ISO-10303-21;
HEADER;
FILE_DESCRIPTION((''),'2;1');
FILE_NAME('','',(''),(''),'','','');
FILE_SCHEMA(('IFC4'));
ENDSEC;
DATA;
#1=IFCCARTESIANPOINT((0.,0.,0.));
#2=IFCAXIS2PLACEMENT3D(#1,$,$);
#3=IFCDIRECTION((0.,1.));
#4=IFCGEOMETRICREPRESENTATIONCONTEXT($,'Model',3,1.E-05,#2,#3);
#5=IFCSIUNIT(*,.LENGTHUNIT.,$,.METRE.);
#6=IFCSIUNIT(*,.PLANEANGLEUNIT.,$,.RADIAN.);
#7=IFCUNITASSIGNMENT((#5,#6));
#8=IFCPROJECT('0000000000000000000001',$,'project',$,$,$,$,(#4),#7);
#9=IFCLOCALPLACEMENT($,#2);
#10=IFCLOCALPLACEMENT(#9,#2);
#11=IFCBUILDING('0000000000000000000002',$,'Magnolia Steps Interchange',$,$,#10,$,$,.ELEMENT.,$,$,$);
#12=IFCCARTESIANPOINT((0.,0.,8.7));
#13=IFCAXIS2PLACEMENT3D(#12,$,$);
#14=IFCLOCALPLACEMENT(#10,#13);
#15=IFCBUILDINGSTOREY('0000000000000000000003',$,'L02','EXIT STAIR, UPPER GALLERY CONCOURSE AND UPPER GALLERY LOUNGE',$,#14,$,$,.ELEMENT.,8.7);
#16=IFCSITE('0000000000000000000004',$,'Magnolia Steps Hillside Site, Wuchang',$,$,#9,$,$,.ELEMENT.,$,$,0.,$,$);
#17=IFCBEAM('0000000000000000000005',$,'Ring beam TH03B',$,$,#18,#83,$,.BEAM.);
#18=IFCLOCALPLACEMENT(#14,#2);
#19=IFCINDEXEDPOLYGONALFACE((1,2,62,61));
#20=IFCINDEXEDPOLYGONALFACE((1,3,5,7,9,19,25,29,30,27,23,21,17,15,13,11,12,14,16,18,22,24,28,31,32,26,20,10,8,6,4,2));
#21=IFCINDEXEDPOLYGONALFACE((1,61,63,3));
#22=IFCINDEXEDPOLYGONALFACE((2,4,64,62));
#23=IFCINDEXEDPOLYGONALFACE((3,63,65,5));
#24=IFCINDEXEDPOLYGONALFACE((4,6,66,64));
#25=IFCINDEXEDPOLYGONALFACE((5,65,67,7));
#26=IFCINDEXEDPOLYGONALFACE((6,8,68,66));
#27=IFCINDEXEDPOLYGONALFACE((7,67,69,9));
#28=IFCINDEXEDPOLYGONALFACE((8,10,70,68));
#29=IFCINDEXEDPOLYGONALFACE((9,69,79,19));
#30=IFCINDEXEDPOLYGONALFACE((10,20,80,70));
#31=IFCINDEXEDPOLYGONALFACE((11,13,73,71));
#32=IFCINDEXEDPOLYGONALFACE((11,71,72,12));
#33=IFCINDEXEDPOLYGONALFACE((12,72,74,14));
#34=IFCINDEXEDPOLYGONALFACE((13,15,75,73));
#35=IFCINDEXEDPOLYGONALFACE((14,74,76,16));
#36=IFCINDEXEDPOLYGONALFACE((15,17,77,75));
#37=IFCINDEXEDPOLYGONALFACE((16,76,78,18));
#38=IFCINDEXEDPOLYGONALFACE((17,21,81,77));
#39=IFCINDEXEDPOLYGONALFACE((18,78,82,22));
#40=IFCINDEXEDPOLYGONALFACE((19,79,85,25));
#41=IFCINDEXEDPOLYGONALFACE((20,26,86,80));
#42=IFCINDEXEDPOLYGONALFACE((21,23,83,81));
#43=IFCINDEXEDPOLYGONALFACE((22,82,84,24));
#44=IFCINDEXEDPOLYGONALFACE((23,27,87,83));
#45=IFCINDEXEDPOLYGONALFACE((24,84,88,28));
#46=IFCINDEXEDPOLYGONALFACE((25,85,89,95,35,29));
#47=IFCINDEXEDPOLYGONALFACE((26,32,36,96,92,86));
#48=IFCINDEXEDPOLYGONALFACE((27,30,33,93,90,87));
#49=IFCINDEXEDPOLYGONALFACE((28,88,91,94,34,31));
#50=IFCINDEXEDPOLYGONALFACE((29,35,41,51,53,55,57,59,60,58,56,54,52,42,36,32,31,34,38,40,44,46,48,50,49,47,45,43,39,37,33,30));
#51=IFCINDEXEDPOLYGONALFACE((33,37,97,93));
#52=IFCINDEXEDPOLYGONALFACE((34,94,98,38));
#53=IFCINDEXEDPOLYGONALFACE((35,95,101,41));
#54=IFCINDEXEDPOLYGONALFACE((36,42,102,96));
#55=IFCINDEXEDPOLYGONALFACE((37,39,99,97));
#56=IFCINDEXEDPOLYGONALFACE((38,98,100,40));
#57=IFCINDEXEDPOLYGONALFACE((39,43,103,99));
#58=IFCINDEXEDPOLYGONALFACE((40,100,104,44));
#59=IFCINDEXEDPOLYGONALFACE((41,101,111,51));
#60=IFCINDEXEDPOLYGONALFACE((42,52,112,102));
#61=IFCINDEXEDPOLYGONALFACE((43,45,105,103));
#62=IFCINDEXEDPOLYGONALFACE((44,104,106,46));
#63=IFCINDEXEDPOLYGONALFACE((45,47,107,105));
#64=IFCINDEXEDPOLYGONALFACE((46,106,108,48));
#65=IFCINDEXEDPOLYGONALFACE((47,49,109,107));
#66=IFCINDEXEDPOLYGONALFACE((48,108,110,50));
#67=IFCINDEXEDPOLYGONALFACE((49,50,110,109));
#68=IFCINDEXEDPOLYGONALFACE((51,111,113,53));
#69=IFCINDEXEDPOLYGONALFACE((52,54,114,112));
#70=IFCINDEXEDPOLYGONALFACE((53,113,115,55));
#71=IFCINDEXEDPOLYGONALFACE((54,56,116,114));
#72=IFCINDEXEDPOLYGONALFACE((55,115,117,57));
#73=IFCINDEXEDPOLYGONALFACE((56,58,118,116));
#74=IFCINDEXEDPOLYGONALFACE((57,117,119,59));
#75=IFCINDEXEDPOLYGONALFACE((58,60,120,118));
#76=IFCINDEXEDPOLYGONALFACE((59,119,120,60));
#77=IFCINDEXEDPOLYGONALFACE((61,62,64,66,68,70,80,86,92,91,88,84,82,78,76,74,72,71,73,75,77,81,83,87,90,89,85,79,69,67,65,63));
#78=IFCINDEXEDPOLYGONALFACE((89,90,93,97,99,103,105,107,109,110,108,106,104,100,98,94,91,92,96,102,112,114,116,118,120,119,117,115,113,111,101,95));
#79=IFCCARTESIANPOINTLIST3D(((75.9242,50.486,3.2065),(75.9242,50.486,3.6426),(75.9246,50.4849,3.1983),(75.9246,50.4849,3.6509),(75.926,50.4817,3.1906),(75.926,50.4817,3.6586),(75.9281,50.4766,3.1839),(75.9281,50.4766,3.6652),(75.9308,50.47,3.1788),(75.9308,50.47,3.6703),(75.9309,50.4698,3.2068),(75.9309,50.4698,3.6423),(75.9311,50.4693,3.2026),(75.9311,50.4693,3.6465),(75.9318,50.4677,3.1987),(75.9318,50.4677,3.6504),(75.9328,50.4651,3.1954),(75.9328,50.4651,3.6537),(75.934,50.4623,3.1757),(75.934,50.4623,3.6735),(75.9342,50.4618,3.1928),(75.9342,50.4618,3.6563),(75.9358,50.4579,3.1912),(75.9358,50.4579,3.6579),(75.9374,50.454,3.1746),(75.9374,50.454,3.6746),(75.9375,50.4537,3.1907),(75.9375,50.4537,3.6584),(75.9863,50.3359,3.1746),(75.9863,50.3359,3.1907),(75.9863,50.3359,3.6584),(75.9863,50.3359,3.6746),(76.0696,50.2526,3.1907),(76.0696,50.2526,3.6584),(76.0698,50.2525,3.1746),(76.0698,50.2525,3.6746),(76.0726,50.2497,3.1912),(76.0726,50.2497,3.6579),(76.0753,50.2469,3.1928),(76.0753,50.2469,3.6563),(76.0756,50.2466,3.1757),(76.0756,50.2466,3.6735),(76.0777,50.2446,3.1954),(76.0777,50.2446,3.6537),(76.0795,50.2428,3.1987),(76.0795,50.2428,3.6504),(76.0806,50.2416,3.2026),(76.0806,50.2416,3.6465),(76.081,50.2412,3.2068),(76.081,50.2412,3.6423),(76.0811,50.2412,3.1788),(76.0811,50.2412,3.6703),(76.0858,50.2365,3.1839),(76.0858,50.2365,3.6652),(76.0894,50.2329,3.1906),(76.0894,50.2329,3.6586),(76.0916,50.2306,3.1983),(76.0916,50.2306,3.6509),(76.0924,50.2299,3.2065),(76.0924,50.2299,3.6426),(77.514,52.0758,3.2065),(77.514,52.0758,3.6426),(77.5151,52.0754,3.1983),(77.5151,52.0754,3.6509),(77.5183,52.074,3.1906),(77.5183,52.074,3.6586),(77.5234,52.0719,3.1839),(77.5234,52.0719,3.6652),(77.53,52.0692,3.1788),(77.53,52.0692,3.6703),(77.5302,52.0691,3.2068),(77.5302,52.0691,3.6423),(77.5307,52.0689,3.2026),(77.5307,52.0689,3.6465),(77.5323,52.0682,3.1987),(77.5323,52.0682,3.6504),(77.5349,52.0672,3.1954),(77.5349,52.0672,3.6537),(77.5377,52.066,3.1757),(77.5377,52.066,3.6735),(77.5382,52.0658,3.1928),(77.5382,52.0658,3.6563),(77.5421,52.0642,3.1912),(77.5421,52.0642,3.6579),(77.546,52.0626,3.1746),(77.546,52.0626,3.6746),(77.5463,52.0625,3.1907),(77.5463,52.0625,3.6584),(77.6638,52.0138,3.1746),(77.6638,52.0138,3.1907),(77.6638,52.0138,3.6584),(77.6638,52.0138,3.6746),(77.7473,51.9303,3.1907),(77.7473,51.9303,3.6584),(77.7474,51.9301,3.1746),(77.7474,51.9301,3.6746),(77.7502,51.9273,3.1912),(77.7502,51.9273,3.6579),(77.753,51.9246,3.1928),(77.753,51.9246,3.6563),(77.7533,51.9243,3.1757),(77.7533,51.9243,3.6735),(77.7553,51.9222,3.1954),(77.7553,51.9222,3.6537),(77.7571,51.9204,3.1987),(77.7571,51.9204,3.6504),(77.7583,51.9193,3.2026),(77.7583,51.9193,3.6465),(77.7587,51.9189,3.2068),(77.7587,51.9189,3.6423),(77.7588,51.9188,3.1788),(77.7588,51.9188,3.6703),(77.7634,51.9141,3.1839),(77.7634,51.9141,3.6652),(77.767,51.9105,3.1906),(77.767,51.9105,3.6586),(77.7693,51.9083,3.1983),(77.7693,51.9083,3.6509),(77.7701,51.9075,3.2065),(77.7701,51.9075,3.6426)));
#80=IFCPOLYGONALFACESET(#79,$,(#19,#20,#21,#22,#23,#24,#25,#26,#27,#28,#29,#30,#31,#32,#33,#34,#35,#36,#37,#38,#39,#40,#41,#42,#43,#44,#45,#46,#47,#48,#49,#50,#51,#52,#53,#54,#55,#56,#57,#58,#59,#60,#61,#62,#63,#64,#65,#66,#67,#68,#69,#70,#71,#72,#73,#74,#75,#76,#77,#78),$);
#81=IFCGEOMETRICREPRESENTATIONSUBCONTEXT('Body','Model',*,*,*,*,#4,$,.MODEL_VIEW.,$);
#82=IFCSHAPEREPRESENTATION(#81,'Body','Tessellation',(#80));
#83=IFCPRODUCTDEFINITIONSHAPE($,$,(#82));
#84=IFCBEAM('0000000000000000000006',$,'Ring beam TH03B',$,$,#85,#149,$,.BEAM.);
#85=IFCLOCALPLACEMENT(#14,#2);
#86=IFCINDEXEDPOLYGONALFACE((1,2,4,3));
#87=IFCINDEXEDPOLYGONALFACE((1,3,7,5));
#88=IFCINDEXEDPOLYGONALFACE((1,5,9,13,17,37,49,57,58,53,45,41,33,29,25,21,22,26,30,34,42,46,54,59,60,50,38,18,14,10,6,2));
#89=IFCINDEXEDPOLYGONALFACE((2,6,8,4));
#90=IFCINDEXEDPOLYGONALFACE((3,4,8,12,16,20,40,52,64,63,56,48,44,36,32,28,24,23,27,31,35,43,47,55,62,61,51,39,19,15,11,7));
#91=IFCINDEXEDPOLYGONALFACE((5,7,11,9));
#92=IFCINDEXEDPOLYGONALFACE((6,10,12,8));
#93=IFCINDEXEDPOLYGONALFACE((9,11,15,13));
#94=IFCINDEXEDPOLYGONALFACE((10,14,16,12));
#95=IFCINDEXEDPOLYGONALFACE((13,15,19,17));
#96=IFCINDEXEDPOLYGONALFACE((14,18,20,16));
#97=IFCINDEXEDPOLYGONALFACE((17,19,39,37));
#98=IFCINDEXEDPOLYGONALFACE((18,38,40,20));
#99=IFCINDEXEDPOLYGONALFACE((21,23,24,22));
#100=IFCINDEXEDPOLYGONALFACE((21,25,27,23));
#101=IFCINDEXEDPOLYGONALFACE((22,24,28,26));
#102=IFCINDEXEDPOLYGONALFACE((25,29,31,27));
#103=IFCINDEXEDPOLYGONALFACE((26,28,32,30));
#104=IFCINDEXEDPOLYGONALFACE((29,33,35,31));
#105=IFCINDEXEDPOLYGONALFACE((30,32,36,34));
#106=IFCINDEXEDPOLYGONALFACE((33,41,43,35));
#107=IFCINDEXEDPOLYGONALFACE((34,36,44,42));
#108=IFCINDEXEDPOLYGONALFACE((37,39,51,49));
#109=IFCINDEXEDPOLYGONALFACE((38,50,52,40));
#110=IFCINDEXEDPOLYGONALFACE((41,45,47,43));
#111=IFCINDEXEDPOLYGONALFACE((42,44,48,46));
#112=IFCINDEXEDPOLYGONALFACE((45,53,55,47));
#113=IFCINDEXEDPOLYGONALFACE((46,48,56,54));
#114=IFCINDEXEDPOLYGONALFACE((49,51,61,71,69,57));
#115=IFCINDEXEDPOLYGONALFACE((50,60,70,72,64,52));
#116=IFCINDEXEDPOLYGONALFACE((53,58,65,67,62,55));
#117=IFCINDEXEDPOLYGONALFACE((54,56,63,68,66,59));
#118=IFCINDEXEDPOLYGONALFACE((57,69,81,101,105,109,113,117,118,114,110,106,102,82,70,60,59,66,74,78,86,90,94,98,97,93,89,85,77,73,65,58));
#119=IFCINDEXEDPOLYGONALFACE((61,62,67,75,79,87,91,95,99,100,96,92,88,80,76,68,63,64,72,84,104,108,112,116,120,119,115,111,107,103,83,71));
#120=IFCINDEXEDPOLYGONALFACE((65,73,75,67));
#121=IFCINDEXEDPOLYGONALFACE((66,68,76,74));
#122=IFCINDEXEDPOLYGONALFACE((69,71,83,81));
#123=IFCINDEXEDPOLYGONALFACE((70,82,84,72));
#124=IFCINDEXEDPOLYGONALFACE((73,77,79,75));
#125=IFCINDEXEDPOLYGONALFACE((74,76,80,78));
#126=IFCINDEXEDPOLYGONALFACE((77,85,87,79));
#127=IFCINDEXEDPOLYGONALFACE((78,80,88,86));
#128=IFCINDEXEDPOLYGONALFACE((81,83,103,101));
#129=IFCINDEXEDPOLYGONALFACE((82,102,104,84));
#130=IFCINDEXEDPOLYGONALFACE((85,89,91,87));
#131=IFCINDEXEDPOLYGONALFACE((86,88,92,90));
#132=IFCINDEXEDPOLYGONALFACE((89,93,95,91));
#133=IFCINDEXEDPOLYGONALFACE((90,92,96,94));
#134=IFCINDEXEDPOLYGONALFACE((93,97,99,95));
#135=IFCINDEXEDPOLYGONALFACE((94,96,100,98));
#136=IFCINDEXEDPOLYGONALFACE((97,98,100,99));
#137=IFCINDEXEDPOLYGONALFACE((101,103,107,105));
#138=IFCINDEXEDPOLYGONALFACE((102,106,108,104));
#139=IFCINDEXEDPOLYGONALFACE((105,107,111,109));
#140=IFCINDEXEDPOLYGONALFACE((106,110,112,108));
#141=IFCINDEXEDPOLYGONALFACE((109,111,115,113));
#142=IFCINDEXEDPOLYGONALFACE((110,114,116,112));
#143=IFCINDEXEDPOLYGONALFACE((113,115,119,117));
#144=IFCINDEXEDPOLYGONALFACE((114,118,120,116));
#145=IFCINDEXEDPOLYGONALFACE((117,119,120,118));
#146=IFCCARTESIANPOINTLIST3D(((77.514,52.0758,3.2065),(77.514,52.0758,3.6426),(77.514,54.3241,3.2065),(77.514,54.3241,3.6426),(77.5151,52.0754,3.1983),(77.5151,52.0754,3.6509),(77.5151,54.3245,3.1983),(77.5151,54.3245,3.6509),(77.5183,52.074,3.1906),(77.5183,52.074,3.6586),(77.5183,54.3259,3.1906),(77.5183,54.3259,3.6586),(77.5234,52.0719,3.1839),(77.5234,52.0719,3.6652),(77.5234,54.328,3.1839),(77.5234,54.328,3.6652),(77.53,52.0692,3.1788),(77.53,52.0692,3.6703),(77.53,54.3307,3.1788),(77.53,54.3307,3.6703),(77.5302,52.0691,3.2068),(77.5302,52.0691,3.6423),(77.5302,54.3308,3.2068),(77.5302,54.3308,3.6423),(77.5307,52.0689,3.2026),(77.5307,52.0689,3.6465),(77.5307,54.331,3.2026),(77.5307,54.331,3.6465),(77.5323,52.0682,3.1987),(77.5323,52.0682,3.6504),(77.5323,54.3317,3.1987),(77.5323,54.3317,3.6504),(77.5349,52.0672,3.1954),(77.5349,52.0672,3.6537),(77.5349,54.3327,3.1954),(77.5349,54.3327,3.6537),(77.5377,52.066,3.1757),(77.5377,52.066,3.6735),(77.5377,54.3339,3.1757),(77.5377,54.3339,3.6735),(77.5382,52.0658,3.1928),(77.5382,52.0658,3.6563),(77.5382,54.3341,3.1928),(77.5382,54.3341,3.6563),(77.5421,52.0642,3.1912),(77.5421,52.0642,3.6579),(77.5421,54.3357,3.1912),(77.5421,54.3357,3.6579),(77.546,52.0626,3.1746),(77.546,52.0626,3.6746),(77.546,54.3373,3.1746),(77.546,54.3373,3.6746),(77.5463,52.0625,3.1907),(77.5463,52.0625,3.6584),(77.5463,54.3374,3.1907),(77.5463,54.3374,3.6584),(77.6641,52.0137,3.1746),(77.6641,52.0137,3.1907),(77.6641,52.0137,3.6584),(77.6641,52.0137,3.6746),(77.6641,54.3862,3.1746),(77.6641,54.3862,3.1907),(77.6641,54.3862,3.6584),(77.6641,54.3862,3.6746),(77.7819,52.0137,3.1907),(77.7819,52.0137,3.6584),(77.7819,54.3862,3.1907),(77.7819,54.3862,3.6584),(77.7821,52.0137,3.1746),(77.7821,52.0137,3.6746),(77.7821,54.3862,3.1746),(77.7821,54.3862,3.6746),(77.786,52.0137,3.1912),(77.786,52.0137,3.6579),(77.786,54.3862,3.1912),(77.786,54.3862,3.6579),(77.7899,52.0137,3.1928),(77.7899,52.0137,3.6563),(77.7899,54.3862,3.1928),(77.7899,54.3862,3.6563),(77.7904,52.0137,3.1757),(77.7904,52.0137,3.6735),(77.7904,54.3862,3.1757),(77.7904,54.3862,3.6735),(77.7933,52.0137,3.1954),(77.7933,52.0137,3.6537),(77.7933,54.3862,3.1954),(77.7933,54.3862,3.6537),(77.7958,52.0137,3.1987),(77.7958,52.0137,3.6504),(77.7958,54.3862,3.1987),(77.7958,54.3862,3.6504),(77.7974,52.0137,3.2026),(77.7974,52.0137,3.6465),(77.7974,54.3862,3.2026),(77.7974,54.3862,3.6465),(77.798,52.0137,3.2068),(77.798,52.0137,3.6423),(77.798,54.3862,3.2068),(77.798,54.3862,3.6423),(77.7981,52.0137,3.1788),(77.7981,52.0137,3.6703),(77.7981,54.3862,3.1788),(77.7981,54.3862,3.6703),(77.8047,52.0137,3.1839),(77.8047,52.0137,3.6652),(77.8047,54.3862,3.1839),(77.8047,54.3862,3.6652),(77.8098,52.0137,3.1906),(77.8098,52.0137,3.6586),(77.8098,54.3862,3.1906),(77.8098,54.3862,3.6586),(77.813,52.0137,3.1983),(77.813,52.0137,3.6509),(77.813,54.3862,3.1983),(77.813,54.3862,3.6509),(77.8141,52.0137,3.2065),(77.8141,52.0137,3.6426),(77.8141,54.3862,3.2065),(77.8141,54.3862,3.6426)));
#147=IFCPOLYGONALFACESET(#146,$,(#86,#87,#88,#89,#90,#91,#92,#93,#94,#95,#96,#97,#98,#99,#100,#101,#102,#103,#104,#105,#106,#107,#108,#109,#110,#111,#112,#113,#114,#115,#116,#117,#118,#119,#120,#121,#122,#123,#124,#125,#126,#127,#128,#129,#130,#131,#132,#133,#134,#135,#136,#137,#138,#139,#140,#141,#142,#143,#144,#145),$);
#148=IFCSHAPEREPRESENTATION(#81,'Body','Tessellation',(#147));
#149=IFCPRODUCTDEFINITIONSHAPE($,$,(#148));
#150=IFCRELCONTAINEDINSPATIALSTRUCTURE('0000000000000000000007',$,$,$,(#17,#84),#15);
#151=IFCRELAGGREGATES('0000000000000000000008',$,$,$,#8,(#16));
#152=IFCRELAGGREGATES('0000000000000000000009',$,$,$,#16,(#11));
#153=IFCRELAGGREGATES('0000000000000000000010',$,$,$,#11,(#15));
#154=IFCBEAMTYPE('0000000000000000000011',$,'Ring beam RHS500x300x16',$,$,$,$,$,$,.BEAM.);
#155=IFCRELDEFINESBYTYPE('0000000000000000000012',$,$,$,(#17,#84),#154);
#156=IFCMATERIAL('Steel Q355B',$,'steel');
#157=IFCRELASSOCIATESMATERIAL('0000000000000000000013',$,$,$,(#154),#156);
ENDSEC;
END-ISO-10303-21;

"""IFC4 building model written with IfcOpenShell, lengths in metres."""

from ifc_helpers import new_model, si_unit, direction, frame, origin, origin_2d, place, context, subcontext, project, spatial, hollow_rectangle, extrude, clip, halfspace, material, material_profile, profile_set, type_object, element, save


model = new_model("IFC4")

# Units and contexts
model_context = context("Model", 3, precision=1e-05, world=origin(), true_north=direction((0.0, 1.0)))
body_context = subcontext(model_context, "Body", "Model", "MODEL_VIEW")
ifc_project = project(units=[si_unit("LENGTHUNIT", "METRE"), si_unit("PLANEANGLEUNIT", "RADIAN")], contexts=[model_context])

# Site, building, storey
site_placement = place(None, origin())
site = spatial("IfcSite", under=ifc_project, at=site_placement, Name="Magnolia Steps Hillside Site, Wuchang", CompositionType="ELEMENT", RefElevation=0.0)
building_placement = place(site_placement, origin())
building = spatial("IfcBuilding", under=site, at=building_placement, Name="Magnolia Steps Interchange", CompositionType="ELEMENT")
storey_placement = place(building_placement, frame((0.0, 0.0, 8.7)))
storey = spatial("IfcBuildingStorey", under=building, at=storey_placement, Name="L02", Description="EXIT STAIR, UPPER GALLERY CONCOURSE AND UPPER GALLERY LOUNGE", CompositionType="ELEMENT", Elevation=8.7)

# Beams
ifc_material_1 = material(Name="Steel Q355B", Category="steel")
ifc_material_profile_1 = material_profile(ifc_material_1, hollow_rectangle(XDim=0.3, YDim=0.5, WallThickness=0.0161, InnerFilletRadius=0.0161, OuterFilletRadius=0.032, at=origin_2d()), Name="RHS500x300x16")
ifc_profile_set_1 = profile_set([ifc_material_profile_1], Name="Steel Q355B")
beam_type = type_object("IfcBeamType", Name="Ring beam RHS500x300x16", PredefinedType="BEAM", material=ifc_profile_set_1)
beam_1_placement = place(storey_placement, frame((75.9863, 50.3359, 3.4246), z_axis=(0.707107, 0.707107, 0.0), x_axis=(-0.707107, 0.707107, 0.0)))
element("IfcBeam", 1, at=beam_1_placement, inside=storey, type_object=beam_type, Name="Ring beam TH03B", PredefinedType="BEAM", context=body_context, shape_type="Clipping", body=[
    clip(clip(extrude(hollow_rectangle(XDim=0.3, YDim=0.5, WallThickness=0.0161, InnerFilletRadius=0.0161, OuterFilletRadius=0.032, at=origin_2d()), origin(), (0.0, 0.0, 1.0), 2.3726), halfspace(frame((0.0, 0.0, 0.0), z_axis=(0.382683, 0.0, -0.92388), x_axis=(0.92388, 0.0, 0.382683)), False)), halfspace(frame((0.0, 0.0, 2.3727), z_axis=(0.382683, 0.0, 0.92388), x_axis=(0.92388, 0.0, -0.382683)), False)),
])
beam_2_placement = place(storey_placement, frame((77.6641, 52.0137, 3.4246), z_axis=(0.0, 1.0, 0.0), x_axis=(-1.0, 0.0, 0.0)))
element("IfcBeam", 2, at=beam_2_placement, inside=storey, type_object=beam_type, Name="Ring beam TH03B", PredefinedType="BEAM", context=body_context, shape_type="Clipping", body=[
    clip(clip(extrude(hollow_rectangle(XDim=0.3, YDim=0.5, WallThickness=0.0161, InnerFilletRadius=0.0161, OuterFilletRadius=0.032, at=origin_2d()), origin(), (0.0, 0.0, 1.0), 2.3726), halfspace(frame((0.0, 0.0, 0.0), z_axis=(0.382683, 0.0, -0.92388), x_axis=(0.92388, 0.0, 0.382683)), False)), halfspace(frame((0.0, 0.0, 2.3726), z_axis=(0.382683, 0.0, 0.92388), x_axis=(0.92388, 0.0, -0.382683)), False)),
])

save(model, "model.ifc")
